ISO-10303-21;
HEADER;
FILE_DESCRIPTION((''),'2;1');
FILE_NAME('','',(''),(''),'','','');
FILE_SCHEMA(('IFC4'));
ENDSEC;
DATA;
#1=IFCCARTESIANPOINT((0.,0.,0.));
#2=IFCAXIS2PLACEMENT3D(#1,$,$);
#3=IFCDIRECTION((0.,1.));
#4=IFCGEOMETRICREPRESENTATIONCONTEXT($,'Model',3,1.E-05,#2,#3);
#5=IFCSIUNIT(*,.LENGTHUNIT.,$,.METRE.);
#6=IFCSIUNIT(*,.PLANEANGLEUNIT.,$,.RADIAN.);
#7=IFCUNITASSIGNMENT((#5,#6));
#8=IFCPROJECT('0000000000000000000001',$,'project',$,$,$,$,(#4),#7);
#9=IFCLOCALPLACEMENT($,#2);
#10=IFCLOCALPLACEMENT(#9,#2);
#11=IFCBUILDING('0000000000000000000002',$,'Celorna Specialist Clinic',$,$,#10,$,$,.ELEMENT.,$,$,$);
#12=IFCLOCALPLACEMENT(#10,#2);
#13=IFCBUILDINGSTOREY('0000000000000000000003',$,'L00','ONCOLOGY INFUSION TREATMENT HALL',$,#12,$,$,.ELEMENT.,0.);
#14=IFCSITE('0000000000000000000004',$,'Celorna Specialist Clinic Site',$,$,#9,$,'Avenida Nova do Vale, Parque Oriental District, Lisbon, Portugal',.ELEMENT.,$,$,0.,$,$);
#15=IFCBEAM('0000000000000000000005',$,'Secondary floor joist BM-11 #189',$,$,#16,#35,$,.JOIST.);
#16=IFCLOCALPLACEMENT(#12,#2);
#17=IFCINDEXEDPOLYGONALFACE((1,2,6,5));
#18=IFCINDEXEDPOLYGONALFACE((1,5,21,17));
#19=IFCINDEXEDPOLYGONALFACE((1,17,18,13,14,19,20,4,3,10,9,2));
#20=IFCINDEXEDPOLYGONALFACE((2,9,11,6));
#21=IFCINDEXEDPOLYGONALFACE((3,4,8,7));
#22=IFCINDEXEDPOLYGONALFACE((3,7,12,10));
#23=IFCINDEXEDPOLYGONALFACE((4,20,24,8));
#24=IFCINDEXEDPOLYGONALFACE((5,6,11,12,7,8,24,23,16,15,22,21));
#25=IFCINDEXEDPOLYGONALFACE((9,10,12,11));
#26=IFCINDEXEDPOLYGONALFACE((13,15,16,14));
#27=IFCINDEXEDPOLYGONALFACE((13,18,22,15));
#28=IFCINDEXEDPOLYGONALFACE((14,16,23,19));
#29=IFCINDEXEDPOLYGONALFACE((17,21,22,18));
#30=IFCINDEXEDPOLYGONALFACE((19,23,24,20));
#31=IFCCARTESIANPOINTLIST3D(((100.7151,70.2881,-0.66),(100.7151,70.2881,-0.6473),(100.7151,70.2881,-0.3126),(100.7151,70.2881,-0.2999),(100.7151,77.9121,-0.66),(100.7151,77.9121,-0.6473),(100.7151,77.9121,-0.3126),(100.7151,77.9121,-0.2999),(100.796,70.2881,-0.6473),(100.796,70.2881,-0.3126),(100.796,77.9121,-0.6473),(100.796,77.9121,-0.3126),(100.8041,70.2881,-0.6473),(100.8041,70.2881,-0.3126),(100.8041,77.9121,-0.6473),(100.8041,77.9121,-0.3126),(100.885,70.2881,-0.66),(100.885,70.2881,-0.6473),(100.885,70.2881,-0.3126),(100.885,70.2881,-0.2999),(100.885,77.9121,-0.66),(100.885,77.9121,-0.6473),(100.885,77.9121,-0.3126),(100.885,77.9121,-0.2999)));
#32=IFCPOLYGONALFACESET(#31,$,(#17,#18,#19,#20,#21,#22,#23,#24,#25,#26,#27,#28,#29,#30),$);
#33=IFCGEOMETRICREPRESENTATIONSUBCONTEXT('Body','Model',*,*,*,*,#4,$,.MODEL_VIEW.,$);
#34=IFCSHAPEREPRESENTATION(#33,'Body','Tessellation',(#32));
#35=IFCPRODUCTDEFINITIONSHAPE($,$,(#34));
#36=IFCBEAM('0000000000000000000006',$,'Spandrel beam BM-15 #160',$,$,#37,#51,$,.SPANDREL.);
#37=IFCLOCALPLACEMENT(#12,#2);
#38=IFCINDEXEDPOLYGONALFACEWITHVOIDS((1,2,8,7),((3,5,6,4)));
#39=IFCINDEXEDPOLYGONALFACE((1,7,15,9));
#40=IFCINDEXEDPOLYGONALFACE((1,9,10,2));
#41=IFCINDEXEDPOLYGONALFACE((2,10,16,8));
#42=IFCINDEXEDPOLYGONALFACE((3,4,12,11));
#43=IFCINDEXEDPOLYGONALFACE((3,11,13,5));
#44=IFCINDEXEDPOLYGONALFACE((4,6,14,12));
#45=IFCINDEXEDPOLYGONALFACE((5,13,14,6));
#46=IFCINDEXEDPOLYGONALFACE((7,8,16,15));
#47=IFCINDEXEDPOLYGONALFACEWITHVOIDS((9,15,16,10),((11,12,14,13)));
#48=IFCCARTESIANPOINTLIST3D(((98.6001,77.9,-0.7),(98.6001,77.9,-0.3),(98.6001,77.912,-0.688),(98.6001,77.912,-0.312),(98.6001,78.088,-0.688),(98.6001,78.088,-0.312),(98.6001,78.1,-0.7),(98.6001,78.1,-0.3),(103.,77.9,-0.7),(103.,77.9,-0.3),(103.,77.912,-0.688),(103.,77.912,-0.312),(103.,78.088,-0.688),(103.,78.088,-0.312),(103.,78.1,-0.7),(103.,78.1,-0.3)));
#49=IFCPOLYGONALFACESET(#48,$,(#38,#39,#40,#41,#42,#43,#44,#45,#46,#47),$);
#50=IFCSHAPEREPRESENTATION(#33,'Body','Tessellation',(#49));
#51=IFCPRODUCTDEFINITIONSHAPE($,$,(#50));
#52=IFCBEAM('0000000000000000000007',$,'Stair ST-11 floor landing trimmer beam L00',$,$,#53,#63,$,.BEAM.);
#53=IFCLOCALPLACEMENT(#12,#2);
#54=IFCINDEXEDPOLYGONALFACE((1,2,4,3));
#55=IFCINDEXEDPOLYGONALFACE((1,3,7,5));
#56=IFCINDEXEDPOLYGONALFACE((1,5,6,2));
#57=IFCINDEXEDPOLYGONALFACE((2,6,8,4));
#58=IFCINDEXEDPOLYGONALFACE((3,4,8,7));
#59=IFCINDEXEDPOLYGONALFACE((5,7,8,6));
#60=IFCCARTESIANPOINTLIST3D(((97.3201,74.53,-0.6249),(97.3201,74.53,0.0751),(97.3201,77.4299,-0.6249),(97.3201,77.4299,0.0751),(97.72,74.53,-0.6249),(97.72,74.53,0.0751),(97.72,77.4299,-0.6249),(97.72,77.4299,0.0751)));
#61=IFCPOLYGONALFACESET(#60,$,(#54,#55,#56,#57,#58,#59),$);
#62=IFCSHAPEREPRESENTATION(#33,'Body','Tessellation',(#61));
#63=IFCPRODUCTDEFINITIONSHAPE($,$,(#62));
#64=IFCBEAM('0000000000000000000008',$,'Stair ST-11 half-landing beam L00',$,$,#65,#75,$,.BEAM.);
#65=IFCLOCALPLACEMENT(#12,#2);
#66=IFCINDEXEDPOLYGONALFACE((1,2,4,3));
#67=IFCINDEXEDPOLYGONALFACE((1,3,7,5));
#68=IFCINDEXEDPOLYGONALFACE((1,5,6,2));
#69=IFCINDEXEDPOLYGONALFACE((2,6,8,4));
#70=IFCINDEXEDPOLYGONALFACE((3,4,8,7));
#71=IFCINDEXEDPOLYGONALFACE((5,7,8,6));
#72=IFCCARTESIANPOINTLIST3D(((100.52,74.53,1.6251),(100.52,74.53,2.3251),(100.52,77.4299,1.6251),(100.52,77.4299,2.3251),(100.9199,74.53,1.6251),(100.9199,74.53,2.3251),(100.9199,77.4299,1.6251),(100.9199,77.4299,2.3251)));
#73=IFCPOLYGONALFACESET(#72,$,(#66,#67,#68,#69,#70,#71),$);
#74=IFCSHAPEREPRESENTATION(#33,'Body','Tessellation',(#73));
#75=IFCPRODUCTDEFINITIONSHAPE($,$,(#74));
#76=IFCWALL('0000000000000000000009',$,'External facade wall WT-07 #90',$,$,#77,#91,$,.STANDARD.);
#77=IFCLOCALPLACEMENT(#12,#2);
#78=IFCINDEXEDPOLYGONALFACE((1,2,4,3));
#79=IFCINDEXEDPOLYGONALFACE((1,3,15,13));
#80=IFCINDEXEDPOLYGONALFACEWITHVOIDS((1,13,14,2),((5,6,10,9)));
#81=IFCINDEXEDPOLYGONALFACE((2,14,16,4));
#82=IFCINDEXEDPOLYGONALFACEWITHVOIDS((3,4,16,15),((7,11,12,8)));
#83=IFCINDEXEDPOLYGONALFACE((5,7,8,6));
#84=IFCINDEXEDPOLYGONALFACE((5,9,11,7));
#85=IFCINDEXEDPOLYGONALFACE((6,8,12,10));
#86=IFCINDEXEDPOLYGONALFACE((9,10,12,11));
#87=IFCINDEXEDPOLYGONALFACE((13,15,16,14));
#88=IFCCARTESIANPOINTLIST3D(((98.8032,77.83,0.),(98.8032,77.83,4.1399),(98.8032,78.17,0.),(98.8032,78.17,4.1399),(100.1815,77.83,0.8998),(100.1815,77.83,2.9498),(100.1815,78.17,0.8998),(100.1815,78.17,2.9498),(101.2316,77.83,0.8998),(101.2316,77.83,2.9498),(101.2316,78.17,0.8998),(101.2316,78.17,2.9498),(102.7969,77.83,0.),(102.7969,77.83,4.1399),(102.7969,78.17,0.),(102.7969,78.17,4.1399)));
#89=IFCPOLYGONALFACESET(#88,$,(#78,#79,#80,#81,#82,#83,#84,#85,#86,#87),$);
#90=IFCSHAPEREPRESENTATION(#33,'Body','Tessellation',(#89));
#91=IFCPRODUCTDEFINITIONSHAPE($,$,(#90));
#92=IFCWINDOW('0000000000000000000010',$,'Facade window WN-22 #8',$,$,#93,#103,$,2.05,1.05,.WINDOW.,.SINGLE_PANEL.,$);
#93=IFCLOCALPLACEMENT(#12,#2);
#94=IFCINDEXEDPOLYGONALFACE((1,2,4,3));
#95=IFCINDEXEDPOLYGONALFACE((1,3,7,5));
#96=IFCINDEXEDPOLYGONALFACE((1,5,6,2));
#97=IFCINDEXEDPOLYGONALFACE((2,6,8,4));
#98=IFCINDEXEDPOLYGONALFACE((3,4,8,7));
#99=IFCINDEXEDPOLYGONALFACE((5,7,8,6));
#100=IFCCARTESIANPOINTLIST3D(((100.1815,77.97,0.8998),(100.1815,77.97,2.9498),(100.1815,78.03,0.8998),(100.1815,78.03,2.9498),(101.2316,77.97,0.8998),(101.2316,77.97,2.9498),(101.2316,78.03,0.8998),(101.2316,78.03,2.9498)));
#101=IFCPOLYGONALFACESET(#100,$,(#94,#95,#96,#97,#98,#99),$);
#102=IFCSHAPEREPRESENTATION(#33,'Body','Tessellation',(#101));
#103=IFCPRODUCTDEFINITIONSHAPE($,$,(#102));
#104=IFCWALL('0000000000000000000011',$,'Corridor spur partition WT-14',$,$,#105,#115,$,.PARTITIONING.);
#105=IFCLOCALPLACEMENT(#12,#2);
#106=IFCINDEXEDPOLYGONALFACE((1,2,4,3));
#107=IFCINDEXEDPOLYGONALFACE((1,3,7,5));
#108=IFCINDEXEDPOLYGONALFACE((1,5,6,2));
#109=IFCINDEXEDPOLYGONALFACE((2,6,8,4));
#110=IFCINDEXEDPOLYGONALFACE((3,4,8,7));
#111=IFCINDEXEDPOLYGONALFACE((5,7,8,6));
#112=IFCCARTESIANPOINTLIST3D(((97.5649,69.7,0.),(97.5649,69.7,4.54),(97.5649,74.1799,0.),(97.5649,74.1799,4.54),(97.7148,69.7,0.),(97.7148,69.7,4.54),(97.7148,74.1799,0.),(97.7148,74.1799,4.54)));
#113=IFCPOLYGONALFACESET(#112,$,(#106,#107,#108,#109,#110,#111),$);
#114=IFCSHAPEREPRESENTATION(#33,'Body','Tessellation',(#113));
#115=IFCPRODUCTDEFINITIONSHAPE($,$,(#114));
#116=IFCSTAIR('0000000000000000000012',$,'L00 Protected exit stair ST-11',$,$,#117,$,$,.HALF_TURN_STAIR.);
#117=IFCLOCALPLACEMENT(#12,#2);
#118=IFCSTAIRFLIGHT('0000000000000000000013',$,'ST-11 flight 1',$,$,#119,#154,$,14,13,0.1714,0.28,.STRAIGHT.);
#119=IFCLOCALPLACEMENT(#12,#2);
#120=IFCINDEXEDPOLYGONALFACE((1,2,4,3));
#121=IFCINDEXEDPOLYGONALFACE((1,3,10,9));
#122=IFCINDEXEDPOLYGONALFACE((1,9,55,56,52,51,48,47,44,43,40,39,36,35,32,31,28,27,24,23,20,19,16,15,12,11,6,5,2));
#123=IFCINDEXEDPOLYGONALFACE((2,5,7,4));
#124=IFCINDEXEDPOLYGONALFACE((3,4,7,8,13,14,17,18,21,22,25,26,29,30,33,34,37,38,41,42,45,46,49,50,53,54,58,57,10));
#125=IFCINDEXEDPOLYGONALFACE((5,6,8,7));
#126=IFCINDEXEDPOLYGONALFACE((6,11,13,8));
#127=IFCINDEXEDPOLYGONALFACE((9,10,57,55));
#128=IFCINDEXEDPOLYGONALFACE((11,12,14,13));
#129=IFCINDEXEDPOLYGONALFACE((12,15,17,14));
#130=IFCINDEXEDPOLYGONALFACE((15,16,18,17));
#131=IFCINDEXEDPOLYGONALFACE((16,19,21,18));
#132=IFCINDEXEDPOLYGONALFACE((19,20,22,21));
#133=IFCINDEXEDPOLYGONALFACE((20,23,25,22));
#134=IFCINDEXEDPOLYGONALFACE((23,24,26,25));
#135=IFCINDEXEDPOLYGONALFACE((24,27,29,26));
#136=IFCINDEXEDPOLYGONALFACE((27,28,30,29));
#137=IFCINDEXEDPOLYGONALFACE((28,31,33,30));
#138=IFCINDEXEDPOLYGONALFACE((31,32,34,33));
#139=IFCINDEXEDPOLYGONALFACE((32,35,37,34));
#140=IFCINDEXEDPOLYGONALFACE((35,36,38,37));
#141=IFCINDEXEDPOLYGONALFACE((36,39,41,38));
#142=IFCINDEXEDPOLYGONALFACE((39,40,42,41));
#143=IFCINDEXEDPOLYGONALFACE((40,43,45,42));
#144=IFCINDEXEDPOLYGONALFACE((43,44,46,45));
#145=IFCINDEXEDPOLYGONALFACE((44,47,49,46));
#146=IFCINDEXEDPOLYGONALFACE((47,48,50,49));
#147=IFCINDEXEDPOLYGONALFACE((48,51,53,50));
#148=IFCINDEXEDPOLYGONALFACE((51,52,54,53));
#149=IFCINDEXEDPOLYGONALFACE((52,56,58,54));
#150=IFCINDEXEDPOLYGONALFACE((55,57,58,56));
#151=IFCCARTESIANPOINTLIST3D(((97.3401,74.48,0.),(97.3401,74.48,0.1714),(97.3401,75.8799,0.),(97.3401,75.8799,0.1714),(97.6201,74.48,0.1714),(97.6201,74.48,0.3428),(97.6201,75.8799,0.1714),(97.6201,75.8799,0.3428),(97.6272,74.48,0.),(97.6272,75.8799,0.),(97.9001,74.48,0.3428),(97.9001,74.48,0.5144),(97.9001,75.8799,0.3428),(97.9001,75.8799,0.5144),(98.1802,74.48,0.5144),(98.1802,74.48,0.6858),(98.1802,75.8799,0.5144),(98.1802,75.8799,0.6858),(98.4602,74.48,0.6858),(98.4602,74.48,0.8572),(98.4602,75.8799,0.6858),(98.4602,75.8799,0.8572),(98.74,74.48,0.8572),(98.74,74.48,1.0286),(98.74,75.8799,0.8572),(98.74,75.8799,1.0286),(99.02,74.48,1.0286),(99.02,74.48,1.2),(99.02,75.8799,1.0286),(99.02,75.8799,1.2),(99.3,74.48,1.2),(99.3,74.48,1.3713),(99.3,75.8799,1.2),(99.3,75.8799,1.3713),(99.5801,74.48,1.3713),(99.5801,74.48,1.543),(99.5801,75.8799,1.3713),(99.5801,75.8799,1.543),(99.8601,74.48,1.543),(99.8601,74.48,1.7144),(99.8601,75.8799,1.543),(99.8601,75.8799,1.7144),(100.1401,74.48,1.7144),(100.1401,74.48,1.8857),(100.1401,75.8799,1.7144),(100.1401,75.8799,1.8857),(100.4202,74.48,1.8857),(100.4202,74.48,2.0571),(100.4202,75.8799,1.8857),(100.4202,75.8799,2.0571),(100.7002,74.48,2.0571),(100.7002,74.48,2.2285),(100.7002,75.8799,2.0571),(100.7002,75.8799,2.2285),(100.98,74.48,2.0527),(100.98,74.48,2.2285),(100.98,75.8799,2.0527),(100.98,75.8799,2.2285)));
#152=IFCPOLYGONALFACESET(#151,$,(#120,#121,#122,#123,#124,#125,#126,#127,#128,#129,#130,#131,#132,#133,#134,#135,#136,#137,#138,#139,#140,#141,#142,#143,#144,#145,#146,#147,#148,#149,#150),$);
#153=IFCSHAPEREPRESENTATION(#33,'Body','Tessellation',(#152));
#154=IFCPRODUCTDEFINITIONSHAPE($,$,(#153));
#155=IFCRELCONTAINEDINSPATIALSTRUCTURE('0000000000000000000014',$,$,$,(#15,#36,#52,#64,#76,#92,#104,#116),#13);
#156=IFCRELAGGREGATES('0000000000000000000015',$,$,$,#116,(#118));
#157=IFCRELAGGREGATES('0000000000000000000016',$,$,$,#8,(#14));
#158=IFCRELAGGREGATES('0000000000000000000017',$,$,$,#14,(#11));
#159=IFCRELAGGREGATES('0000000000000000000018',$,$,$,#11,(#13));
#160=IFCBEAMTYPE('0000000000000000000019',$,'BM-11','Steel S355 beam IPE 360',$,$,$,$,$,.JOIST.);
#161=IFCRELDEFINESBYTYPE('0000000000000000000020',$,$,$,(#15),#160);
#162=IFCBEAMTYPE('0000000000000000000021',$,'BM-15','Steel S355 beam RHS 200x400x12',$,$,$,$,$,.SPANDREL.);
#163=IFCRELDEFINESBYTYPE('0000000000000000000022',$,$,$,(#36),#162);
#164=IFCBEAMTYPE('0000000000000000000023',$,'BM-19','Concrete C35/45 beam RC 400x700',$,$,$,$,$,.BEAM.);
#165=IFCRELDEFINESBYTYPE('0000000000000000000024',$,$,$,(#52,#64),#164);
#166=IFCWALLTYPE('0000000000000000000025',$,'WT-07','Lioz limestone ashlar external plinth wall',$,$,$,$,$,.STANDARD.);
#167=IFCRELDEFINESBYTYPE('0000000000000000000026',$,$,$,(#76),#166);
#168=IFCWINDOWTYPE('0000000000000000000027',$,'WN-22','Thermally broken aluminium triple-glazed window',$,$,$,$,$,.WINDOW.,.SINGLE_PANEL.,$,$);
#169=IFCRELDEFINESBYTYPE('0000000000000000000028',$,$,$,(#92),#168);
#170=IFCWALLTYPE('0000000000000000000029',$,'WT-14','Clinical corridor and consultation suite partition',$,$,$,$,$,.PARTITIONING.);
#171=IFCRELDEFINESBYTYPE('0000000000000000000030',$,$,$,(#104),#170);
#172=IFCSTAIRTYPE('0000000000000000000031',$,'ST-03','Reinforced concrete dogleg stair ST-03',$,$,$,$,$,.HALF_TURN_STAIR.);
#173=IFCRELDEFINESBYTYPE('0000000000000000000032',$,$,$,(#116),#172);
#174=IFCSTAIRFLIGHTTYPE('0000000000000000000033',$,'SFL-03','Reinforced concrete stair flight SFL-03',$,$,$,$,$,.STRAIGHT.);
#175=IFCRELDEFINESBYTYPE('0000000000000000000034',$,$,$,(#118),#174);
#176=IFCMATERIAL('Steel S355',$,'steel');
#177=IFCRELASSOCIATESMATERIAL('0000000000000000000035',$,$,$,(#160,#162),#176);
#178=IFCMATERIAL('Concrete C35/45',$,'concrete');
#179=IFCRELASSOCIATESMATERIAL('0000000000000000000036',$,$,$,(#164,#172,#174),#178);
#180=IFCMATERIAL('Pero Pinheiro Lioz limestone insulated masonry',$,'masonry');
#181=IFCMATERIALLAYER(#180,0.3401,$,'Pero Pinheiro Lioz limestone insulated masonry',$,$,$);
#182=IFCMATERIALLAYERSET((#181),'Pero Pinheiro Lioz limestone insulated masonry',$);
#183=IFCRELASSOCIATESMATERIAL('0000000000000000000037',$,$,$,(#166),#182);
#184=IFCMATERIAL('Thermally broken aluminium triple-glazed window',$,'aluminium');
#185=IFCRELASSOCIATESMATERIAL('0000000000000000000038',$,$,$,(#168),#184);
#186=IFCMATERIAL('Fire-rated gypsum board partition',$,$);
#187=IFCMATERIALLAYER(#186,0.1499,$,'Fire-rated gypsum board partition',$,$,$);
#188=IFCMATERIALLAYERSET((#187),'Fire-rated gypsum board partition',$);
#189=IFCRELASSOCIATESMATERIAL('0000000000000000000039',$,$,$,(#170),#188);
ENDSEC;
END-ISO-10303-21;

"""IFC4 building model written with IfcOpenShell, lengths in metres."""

from ifc_helpers import new_model, si_unit, direction, frame, frame_2d, origin, origin_2d, place, context, subcontext, project, spatial, polyline, rectangle, hollow_rectangle, i_section, outline, extrude, material, layer, layer_set, material_profile, profile_set, type_object, element, fill, aggregate, save


model = new_model("IFC4")

# Units and contexts
model_context = context("Model", 3, precision=1e-05, world=origin(), true_north=direction((0.0, 1.0)))
body_context = subcontext(model_context, "Body", "Model", "MODEL_VIEW")
ifc_project = project(units=[si_unit("LENGTHUNIT", "METRE"), si_unit("PLANEANGLEUNIT", "RADIAN")], contexts=[model_context])

# Site, building, storey
site_placement = place(None, origin())
site = spatial("IfcSite", under=ifc_project, at=site_placement, Name="Celorna Specialist Clinic Site", LongName="Avenida Nova do Vale, Parque Oriental District, Lisbon, Portugal", CompositionType="ELEMENT", RefElevation=0.0)
building_placement = place(site_placement, origin())
building = spatial("IfcBuilding", under=site, at=building_placement, Name="Celorna Specialist Clinic", CompositionType="ELEMENT")
storey_placement = place(building_placement, origin())
storey = spatial("IfcBuildingStorey", under=building, at=storey_placement, Name="L00", Description="ONCOLOGY INFUSION TREATMENT HALL", CompositionType="ELEMENT", Elevation=0.0)

# Shared definitions
ifc_material_1 = material(Name="Concrete C35/45", Category="concrete")
ifc_material_2 = material(Name="Steel S355", Category="steel")

# Beams
ifc_material_profile_1 = material_profile(ifc_material_2, i_section(OverallWidth=0.1699, OverallDepth=0.3601, WebThickness=0.0081, FlangeThickness=0.0127, at=origin_2d()), Name="IPE 360")
ifc_profile_set_1 = profile_set([ifc_material_profile_1], Name="Steel S355")
beam_type_1 = type_object("IfcBeamType", Name="BM-11", Description="Steel S355 beam IPE 360", PredefinedType="JOIST", material=ifc_profile_set_1)
beam_1_placement = place(storey_placement, frame((100.8, 70.2881, -0.48), z_axis=(0.0, 1.0, 0.0), x_axis=(-1.0, 0.0, 0.0)))
element("IfcBeam", 1, at=beam_1_placement, inside=storey, type_object=beam_type_1, Name="Secondary floor joist BM-11 #189", PredefinedType="JOIST", context=body_context, shape_type="SweptSolid", body=[
    extrude(i_section(OverallWidth=0.1699, OverallDepth=0.3601, WebThickness=0.0081, FlangeThickness=0.0127, at=origin_2d()), origin(), (0.0, 0.0, 1.0), 7.624),
])
ifc_material_profile_2 = material_profile(ifc_material_2, hollow_rectangle(XDim=0.2, YDim=0.3999, WallThickness=0.012, at=origin_2d()), Name="RHS 200x400x12")
ifc_profile_set_2 = profile_set([ifc_material_profile_2], Name="Steel S355")
beam_type_2 = type_object("IfcBeamType", Name="BM-15", Description="Steel S355 beam RHS 200x400x12", PredefinedType="SPANDREL", material=ifc_profile_set_2)
beam_2_placement = place(storey_placement, frame((98.6001, 78.0, -0.5), z_axis=(1.0, 0.0, 0.0), x_axis=(0.0, 1.0, 0.0)))
element("IfcBeam", 2, at=beam_2_placement, inside=storey, type_object=beam_type_2, Name="Spandrel beam BM-15 #160", PredefinedType="SPANDREL", context=body_context, shape_type="SweptSolid", body=[
    extrude(hollow_rectangle(XDim=0.2, YDim=0.3999, WallThickness=0.012, at=origin_2d()), origin(), (0.0, 0.0, 1.0), 4.3999),
])
ifc_material_profile_3 = material_profile(ifc_material_1, rectangle(XDim=0.3999, YDim=0.7, at=origin_2d()), Name="RC 400x700")
ifc_profile_set_3 = profile_set([ifc_material_profile_3], Name="Concrete C35/45")
beam_type_3 = type_object("IfcBeamType", Name="BM-19", Description="Concrete C35/45 beam RC 400x700", PredefinedType="BEAM", material=ifc_profile_set_3)
for number, where, z_axis, x_axis, name in (
    (3, (97.52, 74.53, -0.2749), (0.0, 1.0, 0.0), (-1.0, 0.0, 0.0), "Stair ST-11 floor landing trimmer beam L00"),
    (4, (100.72, 74.53, 1.9751), (0.0, 1.0, 0.0), (-1.0, 0.0, 0.0), "Stair ST-11 half-landing beam L00"),
):
    element("IfcBeam", number, at=place(storey_placement, frame(where, z_axis=z_axis, x_axis=x_axis)), inside=storey, type_object=beam_type_3, Name=name, PredefinedType="BEAM", context=body_context, shape_type="SweptSolid", body=[
        extrude(rectangle(XDim=0.3999, YDim=0.7, at=origin_2d()), origin(), (0.0, 0.0, 1.0), 2.8999),
    ])

# Wall, opening, window
ifc_material_3 = material(Name="Pero Pinheiro Lioz limestone insulated masonry", Category="masonry")
ifc_layer_1 = layer(ifc_material_3, 0.3401, Name="Pero Pinheiro Lioz limestone insulated masonry")
ifc_layer_set_1 = layer_set([ifc_layer_1], Name="Pero Pinheiro Lioz limestone insulated masonry")
wall_type_1 = type_object("IfcWallType", Name="WT-07", Description="Lioz limestone ashlar external plinth wall", PredefinedType="STANDARD", material=ifc_layer_set_1)
wall_1_placement = place(storey_placement, frame((98.8032, 78.0, 0.0), z_axis=(0.0, 0.0, 1.0), x_axis=(1.0, 0.0, 0.0)))
wall_1 = element("IfcWall", 5, at=wall_1_placement, inside=storey, type_object=wall_type_1, Name="External facade wall WT-07 #90", PredefinedType="STANDARD", context=body_context, shape_type="SweptSolid", body=[
    extrude(rectangle(XDim=3.9937, YDim=0.3401, at=frame_2d((1.9968, 0.0))), origin(), (0.0, 0.0, 1.0), 4.1399),
])
opening_placement = place(wall_1_placement, frame((1.3784, 0.0, 0.8999)))
opening = element("IfcOpeningElement", 6, at=opening_placement, cuts=wall_1, PredefinedType="OPENING", context=body_context, shape_type="SweptSolid", body=[
    extrude(rectangle(XDim=1.05, YDim=2.05, at=frame_2d((0.5249, 1.0249))), frame((0.0, 0.1799, 0.0), z_axis=(0.0, -1.0, 0.0), x_axis=(1.0, 0.0, 0.0)), (0.0, 0.0, 1.0), 0.3601),
])
ifc_material_4 = material(Name="Thermally broken aluminium triple-glazed window", Category="aluminium")
window_type = type_object("IfcWindowType", Name="WN-22", Description="Thermally broken aluminium triple-glazed window", PartitioningType="SINGLE_PANEL", PredefinedType="WINDOW", material=ifc_material_4)
window_placement = place(opening_placement, origin())
window = element("IfcWindow", 7, at=window_placement, inside=storey, type_object=window_type, Name="Facade window WN-22 #8", OverallHeight=2.05, OverallWidth=1.05, PartitioningType="SINGLE_PANEL", PredefinedType="WINDOW", context=body_context, shape_type="SweptSolid", body=[
    extrude(rectangle(XDim=1.05, YDim=2.05, at=frame_2d((0.5249, 1.0249))), frame((0.0, 0.03, 0.0), z_axis=(0.0, -1.0, 0.0), x_axis=(1.0, 0.0, 0.0)), (0.0, 0.0, 1.0), 0.0601),
])
fill(opening, window)

# Wall
ifc_material_5 = material(Name="Fire-rated gypsum board partition")
ifc_layer_2 = layer(ifc_material_5, 0.1499, Name="Fire-rated gypsum board partition")
ifc_layer_set_2 = layer_set([ifc_layer_2], Name="Fire-rated gypsum board partition")
wall_type_2 = type_object("IfcWallType", Name="WT-14", Description="Clinical corridor and consultation suite partition", PredefinedType="PARTITIONING", material=ifc_layer_set_2)
wall_2_placement = place(storey_placement, frame((97.6399, 69.7, 0.0), z_axis=(0.0, 0.0, 1.0), x_axis=(0.0, 1.0, 0.0)))
element("IfcWall", 8, at=wall_2_placement, inside=storey, type_object=wall_type_2, Name="Corridor spur partition WT-14", PredefinedType="PARTITIONING", context=body_context, shape_type="SweptSolid", body=[
    extrude(rectangle(XDim=4.48, YDim=0.1499, at=frame_2d((2.24, 0.0))), origin(), (0.0, 0.0, 1.0), 4.54),
])

# Stair, stair flight
stair_type = type_object("IfcStairType", Name="ST-03", Description="Reinforced concrete dogleg stair ST-03", PredefinedType="HALF_TURN_STAIR", material=ifc_material_1)
stair_placement = place(storey_placement, origin())
stair = element("IfcStair", 9, at=stair_placement, inside=storey, type_object=stair_type, Name="L00 Protected exit stair ST-11", PredefinedType="HALF_TURN_STAIR")
stair_flight_type = type_object("IfcStairFlightType", Name="SFL-03", Description="Reinforced concrete stair flight SFL-03", PredefinedType="STRAIGHT", material=ifc_material_1)
stair_flight_placement = place(storey_placement, frame((97.3401, 75.1799, 0.0), z_axis=(0.0, 0.0, 1.0), x_axis=(1.0, 0.0, 0.0)))
stair_flight = element("IfcStairFlight", 10, at=stair_flight_placement, type_object=stair_flight_type, Name="ST-11 flight 1", NumberOfRisers=14, NumberOfTreads=13, PredefinedType="STRAIGHT", RiserHeight=0.1714, TreadLength=0.28, context=body_context, shape_type="SweptSolid", body=[
    extrude(outline(polyline([(0.0, 0.0), (0.0, 0.1714), (0.28, 0.1714), (0.28, 0.3428), (0.5601, 0.3428), (0.5601, 0.5144), (0.8401, 0.5144), (0.8401, 0.6858), (1.1201, 0.6858), (1.1201, 0.8572), (1.3999, 0.8572), (1.3999, 1.0286), (1.6799, 1.0286), (1.6799, 1.2), (1.96, 1.2), (1.96, 1.3713), (2.24, 1.3713), (2.24, 1.543), (2.52, 1.543), (2.52, 1.7144), (2.8, 1.7144), (2.8, 1.8857), (3.0801, 1.8857), (3.0801, 2.0571), (3.3601, 2.0571), (3.3601, 2.2285), (3.6399, 2.2285), (3.6399, 2.3999), (3.6399, 2.0527), (0.2871, 0.0), (0.0, 0.0)])), frame((0.0, 0.7, 0.0), z_axis=(0.0, -1.0, 0.0), x_axis=(1.0, 0.0, 0.0)), (0.0, 0.0, 1.0), 1.3999),
])
aggregate(stair, [stair_flight])

save(model, "model.ifc")
